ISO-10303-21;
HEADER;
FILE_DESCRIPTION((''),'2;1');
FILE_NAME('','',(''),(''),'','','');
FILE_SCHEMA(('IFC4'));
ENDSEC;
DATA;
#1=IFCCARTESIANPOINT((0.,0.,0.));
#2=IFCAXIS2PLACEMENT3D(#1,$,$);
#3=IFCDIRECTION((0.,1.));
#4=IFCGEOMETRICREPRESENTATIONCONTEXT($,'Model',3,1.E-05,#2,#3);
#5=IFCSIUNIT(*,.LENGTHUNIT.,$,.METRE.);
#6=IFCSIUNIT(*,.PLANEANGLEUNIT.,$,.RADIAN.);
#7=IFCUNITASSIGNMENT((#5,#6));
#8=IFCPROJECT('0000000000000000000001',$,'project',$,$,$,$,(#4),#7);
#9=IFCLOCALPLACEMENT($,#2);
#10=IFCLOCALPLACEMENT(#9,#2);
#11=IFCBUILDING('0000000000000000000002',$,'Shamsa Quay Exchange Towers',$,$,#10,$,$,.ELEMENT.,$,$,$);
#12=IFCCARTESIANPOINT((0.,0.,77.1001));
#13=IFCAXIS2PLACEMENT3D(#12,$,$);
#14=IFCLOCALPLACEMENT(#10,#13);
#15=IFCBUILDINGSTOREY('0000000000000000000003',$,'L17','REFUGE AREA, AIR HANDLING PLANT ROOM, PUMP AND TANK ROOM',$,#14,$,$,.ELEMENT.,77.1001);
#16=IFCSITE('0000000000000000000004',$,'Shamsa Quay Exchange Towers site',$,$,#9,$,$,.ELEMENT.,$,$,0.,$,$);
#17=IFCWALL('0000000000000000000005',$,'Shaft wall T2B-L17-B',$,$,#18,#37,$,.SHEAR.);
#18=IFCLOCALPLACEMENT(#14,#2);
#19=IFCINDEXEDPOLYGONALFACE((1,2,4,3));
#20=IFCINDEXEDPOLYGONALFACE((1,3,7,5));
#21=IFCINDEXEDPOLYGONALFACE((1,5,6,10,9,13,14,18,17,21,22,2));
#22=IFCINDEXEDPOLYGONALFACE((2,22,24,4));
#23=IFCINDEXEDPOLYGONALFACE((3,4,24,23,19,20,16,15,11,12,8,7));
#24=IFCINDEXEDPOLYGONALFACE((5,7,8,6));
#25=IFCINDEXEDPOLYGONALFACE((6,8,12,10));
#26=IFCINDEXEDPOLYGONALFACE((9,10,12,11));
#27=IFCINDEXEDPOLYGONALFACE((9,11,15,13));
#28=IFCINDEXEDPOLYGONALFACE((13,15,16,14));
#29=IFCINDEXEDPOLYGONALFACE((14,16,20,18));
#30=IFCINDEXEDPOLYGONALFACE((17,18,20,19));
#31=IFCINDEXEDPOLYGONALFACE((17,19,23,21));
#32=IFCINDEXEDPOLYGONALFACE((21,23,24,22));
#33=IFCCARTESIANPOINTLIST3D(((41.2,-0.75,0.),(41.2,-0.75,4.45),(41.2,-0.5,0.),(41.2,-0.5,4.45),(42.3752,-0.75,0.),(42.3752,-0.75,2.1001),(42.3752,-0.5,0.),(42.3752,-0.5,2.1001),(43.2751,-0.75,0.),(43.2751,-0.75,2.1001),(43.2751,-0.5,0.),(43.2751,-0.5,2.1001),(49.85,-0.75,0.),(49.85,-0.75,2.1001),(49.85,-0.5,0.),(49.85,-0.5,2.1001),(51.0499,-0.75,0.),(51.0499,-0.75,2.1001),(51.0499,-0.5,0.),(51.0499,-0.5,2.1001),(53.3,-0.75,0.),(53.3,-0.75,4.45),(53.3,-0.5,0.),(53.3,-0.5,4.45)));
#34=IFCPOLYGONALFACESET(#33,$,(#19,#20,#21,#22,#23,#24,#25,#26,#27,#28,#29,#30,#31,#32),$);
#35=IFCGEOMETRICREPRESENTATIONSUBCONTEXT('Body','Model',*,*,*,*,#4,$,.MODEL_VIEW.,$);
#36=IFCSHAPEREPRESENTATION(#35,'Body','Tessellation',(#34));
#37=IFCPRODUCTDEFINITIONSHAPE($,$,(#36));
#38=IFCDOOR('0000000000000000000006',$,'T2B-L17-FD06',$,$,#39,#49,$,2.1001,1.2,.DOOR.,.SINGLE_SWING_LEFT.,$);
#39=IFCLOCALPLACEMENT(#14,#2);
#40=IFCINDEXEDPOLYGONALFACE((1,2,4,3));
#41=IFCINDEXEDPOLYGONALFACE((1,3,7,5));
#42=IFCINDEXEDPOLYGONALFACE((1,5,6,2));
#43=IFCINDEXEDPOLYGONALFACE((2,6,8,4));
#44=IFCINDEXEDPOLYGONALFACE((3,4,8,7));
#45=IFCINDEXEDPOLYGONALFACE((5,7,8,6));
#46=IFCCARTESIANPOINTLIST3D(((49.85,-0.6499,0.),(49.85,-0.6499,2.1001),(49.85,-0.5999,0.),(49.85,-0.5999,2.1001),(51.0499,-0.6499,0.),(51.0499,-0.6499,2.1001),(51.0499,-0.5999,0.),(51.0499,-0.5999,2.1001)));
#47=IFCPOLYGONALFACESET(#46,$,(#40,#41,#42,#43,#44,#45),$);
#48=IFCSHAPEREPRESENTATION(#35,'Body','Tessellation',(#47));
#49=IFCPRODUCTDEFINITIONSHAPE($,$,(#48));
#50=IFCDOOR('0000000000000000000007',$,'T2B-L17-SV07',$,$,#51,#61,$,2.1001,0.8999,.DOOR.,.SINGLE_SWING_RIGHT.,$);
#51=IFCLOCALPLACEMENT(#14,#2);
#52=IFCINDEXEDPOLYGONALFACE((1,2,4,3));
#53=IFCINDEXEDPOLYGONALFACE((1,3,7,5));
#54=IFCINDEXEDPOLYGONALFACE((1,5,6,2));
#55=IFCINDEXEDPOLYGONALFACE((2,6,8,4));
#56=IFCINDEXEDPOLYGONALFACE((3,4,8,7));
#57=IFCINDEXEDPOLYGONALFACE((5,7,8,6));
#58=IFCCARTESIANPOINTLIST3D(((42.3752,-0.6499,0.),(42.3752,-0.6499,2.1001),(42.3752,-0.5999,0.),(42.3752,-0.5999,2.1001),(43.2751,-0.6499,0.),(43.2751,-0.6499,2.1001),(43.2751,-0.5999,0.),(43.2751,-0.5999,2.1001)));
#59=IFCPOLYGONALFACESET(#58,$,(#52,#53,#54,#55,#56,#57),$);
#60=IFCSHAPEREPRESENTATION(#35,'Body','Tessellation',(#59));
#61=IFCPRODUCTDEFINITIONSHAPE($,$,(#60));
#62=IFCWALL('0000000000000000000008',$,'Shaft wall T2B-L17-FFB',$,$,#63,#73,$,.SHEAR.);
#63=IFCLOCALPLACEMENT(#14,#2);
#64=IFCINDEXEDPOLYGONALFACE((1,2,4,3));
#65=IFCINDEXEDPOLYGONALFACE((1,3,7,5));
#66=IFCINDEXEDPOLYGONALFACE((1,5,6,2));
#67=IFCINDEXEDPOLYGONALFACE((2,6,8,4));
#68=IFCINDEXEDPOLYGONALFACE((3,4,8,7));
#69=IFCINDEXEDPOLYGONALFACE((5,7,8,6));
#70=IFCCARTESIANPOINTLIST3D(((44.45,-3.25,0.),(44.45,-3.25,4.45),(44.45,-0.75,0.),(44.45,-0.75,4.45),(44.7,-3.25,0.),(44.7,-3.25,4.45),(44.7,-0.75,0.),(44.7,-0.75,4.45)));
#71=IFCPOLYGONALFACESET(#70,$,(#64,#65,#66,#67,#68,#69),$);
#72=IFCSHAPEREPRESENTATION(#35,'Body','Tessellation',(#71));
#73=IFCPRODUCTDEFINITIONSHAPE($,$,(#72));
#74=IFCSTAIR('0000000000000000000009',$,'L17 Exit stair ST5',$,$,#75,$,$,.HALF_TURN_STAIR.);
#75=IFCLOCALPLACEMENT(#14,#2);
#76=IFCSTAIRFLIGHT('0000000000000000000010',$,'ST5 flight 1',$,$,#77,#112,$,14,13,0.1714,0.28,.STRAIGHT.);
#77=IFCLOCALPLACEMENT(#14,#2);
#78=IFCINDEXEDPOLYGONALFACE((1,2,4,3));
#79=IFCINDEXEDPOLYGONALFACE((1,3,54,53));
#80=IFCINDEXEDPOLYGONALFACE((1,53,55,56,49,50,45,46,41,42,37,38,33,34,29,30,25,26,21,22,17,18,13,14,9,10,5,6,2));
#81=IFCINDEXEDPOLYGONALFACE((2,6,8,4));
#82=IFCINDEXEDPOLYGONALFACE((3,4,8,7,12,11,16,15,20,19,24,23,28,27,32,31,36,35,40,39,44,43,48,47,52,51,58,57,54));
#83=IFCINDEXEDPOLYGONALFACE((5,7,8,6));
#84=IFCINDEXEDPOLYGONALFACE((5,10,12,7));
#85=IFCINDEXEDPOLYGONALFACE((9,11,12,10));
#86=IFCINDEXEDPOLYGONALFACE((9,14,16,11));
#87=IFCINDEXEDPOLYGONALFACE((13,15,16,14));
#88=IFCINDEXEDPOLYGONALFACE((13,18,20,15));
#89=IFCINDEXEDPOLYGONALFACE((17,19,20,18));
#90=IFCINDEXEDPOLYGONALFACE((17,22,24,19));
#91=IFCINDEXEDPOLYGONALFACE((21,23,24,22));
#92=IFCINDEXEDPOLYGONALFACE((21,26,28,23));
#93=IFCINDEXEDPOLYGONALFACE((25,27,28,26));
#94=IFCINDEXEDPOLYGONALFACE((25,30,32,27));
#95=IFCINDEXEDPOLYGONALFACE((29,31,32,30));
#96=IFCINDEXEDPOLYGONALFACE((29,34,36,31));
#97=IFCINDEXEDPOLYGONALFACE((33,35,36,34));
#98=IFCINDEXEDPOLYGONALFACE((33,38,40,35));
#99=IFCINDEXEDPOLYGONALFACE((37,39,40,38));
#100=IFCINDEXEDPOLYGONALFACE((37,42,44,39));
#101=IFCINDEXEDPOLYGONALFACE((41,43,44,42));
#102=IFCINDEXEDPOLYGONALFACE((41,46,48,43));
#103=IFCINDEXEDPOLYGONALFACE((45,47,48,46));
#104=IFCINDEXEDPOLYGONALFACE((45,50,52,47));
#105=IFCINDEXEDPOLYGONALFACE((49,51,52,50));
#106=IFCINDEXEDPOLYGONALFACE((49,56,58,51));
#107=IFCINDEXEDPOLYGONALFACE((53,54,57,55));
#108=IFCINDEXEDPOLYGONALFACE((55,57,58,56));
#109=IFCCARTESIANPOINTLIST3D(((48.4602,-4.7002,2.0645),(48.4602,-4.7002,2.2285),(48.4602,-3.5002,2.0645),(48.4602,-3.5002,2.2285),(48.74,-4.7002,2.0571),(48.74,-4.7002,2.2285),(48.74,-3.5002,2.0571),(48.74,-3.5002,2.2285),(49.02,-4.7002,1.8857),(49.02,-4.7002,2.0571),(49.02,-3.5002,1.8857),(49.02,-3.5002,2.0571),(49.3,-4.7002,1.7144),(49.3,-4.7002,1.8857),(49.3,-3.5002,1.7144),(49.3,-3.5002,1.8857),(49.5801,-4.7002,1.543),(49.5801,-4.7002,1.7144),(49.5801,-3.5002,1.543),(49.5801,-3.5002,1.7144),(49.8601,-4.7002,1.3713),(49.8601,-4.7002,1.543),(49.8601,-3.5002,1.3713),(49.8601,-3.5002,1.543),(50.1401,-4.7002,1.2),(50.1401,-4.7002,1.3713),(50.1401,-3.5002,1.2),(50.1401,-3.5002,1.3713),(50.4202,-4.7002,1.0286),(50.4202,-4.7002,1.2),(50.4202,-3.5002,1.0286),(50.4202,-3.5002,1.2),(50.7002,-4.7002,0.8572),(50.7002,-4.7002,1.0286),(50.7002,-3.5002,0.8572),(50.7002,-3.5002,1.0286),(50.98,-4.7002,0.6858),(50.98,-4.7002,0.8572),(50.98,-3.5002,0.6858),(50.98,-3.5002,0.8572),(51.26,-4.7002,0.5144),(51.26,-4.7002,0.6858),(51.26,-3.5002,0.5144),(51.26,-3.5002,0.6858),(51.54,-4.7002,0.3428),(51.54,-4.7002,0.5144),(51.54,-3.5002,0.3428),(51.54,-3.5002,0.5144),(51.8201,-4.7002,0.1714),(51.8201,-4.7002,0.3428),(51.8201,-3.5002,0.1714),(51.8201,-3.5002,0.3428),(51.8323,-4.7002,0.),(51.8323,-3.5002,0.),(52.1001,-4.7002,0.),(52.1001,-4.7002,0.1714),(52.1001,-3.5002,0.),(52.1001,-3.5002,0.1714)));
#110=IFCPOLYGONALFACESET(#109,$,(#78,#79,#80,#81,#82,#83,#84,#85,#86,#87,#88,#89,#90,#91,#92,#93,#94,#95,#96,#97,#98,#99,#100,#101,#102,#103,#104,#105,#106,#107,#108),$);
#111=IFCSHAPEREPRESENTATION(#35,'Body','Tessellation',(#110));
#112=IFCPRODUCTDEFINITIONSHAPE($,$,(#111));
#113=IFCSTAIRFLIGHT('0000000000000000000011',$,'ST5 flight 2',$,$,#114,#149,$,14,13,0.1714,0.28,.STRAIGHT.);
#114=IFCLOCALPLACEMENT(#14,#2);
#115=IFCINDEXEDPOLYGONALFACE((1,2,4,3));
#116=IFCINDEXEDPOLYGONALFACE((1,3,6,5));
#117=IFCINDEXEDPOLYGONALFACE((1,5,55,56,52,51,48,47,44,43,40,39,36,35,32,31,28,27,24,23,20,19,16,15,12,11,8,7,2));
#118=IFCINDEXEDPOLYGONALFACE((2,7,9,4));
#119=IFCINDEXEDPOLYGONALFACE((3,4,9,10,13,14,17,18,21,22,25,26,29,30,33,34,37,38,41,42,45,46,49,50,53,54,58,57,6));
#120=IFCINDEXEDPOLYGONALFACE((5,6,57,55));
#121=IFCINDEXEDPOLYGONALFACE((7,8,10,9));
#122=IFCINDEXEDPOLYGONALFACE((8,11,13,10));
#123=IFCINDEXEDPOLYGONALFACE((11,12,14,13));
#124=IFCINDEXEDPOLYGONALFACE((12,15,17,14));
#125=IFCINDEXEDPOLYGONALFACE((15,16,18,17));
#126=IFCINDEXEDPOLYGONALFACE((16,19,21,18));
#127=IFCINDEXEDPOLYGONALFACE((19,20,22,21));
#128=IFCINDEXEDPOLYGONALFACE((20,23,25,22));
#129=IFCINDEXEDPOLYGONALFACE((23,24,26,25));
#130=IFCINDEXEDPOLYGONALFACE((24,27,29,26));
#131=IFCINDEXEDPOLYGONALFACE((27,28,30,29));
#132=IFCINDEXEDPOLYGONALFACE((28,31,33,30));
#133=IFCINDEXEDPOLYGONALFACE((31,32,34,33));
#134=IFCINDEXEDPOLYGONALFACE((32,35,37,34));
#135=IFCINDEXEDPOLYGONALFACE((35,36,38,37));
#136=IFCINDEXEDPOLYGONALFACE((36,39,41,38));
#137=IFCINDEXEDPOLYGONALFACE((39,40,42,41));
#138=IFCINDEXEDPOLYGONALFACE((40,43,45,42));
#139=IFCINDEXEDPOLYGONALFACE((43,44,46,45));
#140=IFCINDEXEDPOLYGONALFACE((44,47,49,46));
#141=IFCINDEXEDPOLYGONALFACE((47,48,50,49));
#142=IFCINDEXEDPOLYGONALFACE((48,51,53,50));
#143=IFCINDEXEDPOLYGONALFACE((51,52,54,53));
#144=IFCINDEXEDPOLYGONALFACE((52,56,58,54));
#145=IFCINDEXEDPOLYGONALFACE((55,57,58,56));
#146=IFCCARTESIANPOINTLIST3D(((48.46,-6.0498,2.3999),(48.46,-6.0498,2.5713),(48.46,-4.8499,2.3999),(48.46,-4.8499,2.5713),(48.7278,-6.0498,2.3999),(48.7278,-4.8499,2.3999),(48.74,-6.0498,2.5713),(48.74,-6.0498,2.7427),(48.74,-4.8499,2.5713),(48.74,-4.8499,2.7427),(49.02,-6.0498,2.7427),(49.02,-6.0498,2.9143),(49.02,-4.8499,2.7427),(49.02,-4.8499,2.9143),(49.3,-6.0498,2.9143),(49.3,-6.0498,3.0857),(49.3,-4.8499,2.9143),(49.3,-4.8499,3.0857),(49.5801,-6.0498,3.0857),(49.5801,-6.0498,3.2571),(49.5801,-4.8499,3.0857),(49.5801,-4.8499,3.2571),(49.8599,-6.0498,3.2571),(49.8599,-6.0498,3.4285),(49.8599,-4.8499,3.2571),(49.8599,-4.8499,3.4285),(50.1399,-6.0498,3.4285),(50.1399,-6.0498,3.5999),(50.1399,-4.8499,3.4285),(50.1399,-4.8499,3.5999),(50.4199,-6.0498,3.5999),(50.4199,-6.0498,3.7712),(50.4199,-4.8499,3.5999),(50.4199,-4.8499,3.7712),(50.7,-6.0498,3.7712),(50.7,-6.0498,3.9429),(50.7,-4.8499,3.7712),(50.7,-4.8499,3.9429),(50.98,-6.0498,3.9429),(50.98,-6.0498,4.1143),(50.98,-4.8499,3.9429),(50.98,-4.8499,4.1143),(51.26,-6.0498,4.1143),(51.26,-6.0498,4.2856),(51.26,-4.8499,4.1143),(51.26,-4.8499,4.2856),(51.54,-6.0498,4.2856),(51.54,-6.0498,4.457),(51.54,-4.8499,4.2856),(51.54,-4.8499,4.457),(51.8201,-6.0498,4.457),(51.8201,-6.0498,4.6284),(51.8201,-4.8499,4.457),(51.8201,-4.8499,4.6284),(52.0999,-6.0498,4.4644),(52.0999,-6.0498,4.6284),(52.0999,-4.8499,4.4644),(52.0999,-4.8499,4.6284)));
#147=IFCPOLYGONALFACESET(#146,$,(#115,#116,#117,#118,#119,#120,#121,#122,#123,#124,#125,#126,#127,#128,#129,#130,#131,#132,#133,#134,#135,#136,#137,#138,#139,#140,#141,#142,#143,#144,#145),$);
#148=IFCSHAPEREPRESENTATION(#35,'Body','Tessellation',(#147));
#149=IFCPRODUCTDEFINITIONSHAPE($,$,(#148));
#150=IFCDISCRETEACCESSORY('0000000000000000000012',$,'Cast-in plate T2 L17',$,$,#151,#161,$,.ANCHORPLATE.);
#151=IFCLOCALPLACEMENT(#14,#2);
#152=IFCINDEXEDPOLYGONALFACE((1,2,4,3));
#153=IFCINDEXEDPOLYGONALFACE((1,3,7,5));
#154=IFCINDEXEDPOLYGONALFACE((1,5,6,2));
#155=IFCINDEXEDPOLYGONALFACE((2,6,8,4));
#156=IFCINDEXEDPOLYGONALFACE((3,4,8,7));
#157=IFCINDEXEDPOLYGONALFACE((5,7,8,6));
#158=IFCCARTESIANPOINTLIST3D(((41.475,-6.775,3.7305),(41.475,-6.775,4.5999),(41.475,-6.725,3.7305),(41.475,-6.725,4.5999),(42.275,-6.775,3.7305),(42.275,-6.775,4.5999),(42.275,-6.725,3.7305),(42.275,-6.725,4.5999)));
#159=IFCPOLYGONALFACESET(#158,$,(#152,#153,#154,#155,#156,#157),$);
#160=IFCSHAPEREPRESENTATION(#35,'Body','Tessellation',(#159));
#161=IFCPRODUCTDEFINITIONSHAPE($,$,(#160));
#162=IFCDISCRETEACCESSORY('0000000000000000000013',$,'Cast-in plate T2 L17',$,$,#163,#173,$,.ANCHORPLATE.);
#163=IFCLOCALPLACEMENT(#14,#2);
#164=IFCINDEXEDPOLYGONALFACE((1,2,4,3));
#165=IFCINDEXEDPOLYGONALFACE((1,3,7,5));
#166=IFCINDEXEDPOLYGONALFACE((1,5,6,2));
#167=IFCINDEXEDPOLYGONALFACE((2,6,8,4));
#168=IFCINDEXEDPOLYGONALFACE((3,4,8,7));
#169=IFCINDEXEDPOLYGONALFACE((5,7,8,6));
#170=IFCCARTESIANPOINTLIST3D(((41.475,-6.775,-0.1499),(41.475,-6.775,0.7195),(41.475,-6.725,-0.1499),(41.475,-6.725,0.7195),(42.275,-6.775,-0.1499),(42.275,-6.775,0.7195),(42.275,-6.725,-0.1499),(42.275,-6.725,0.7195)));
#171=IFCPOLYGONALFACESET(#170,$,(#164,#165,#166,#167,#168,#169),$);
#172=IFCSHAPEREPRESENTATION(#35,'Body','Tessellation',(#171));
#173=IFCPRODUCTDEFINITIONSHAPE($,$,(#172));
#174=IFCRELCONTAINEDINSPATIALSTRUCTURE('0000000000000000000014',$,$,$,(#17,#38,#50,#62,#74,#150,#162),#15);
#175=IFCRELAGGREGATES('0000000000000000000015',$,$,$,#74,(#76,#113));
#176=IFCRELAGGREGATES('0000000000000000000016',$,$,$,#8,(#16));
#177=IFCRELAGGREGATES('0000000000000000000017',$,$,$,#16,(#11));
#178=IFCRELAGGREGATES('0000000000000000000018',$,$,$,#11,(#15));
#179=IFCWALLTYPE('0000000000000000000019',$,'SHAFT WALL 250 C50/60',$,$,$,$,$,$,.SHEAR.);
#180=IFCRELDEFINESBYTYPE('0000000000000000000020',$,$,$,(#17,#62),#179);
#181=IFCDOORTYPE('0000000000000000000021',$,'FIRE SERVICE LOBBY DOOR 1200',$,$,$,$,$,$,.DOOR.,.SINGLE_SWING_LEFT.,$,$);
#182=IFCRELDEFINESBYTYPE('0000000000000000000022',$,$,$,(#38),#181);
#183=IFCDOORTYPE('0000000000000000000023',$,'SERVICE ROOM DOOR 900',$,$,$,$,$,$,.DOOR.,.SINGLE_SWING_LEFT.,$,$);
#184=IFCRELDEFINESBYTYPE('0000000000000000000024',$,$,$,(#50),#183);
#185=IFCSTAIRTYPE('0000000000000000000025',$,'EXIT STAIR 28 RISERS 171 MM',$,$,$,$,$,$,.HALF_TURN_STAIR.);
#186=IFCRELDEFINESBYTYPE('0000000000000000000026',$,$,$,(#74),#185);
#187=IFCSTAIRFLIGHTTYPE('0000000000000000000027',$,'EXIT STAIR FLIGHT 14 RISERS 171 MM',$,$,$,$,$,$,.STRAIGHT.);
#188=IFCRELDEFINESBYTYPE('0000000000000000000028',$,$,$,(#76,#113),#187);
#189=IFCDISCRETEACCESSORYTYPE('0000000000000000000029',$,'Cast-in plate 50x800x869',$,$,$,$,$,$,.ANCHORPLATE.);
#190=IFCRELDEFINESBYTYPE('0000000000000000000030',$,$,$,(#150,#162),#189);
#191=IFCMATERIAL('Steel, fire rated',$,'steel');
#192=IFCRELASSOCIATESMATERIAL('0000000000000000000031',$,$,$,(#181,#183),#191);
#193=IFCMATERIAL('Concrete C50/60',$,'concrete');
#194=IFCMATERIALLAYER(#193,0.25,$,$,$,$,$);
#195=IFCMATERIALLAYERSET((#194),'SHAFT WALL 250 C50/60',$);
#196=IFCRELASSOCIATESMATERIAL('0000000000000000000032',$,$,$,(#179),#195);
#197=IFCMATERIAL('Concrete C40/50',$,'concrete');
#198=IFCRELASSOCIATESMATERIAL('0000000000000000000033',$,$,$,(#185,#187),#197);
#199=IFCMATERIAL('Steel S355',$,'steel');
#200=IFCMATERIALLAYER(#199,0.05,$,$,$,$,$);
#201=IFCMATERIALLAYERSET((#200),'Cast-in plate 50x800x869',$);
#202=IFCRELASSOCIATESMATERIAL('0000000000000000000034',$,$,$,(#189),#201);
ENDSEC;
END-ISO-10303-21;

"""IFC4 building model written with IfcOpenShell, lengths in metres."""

from ifc_helpers import new_model, si_unit, direction, frame, frame_2d, origin, origin_2d, place, context, subcontext, project, spatial, polyline, rectangle, outline, extrude, material, layer, layer_set, type_object, element, fill, aggregate, save


model = new_model("IFC4")

# Units and contexts
model_context = context("Model", 3, precision=1e-05, world=origin(), true_north=direction((0.0, 1.0)))
body_context = subcontext(model_context, "Body", "Model", "MODEL_VIEW")
ifc_project = project(units=[si_unit("LENGTHUNIT", "METRE"), si_unit("PLANEANGLEUNIT", "RADIAN")], contexts=[model_context])

# Site, building, storey
site_placement = place(None, origin())
site = spatial("IfcSite", under=ifc_project, at=site_placement, Name="Shamsa Quay Exchange Towers site", CompositionType="ELEMENT", RefElevation=0.0)
building_placement = place(site_placement, origin())
building = spatial("IfcBuilding", under=site, at=building_placement, Name="Shamsa Quay Exchange Towers", CompositionType="ELEMENT")
storey_placement = place(building_placement, frame((0.0, 0.0, 77.1001)))
storey = spatial("IfcBuildingStorey", under=building, at=storey_placement, Name="L17", Description="REFUGE AREA, AIR HANDLING PLANT ROOM, PUMP AND TANK ROOM", CompositionType="ELEMENT", Elevation=77.1001)

# Shared definitions
ifc_material_1 = material(Name="Steel S355", Category="steel")

# Shared definitions
ifc_material_2 = material(Name="Steel, fire rated", Category="steel")
door_type_1 = type_object("IfcDoorType", Name="FIRE SERVICE LOBBY DOOR 1200", OperationType="SINGLE_SWING_LEFT", PredefinedType="DOOR", material=ifc_material_2)

# Shared definitions
ifc_material_3 = material(Name="Concrete C50/60", Category="concrete")
ifc_layer_1 = layer(ifc_material_3, 0.25)
ifc_layer_set_1 = layer_set([ifc_layer_1], Name="SHAFT WALL 250 C50/60")
wall_type_1 = type_object("IfcWallType", Name="SHAFT WALL 250 C50/60", PredefinedType="SHEAR", material=ifc_layer_set_1)

# Wall, openings, doors
wall_1_placement = place(storey_placement, frame((53.3, -0.625, 0.0), z_axis=(0.0, 0.0, 1.0), x_axis=(-1.0, 0.0, 0.0)))
wall_1 = element("IfcWall", 1, at=wall_1_placement, inside=storey, type_object=wall_type_1, Name="Shaft wall T2B-L17-B", PredefinedType="SHEAR", context=body_context, shape_type="SweptSolid", body=[
    extrude(rectangle(XDim=12.1001, YDim=0.25, at=frame_2d((6.05, 0.0))), origin(), (0.0, 0.0, 1.0), 4.45),
])
opening_1_placement = place(wall_1_placement, frame((2.25, 0.0, 0.0)))
opening_1 = element("IfcOpeningElement", 2, at=opening_1_placement, cuts=wall_1, PredefinedType="OPENING", context=body_context, shape_type="SweptSolid", body=[
    extrude(rectangle(XDim=1.2, YDim=2.1001, at=frame_2d((0.6001, 1.05))), frame((0.0, 0.135, 0.0), z_axis=(0.0, -1.0, 0.0), x_axis=(1.0, 0.0, 0.0)), (0.0, 0.0, 1.0), 0.27),
])
opening_2_placement = place(wall_1_placement, frame((10.0249, 0.0, 0.0)))
opening_2 = element("IfcOpeningElement", 3, at=opening_2_placement, cuts=wall_1, PredefinedType="OPENING", context=body_context, shape_type="SweptSolid", body=[
    extrude(rectangle(XDim=0.8999, YDim=2.1001, at=frame_2d((0.45, 1.05))), frame((0.0, 0.135, 0.0), z_axis=(0.0, -1.0, 0.0), x_axis=(1.0, 0.0, 0.0)), (0.0, 0.0, 1.0), 0.27),
])
door_1_placement = place(opening_1_placement, origin())
door_1 = element("IfcDoor", 4, at=door_1_placement, inside=storey, type_object=door_type_1, Name="T2B-L17-FD06", OperationType="SINGLE_SWING_LEFT", OverallHeight=2.1001, OverallWidth=1.2, PredefinedType="DOOR", context=body_context, shape_type="SweptSolid", body=[
    extrude(rectangle(XDim=1.2, YDim=2.1001, at=frame_2d((0.6001, 1.05))), frame((0.0, 0.0249, 0.0), z_axis=(0.0, -1.0, 0.0), x_axis=(1.0, 0.0, 0.0)), (0.0, 0.0, 1.0), 0.05),
])
fill(opening_1, door_1)
door_type_2 = type_object("IfcDoorType", Name="SERVICE ROOM DOOR 900", OperationType="SINGLE_SWING_LEFT", PredefinedType="DOOR", material=ifc_material_2)
door_2_placement = place(opening_2_placement, origin())
door_2 = element("IfcDoor", 5, at=door_2_placement, inside=storey, type_object=door_type_2, Name="T2B-L17-SV07", OperationType="SINGLE_SWING_RIGHT", OverallHeight=2.1001, OverallWidth=0.8999, PredefinedType="DOOR", context=body_context, shape_type="SweptSolid", body=[
    extrude(rectangle(XDim=0.8999, YDim=2.1001, at=frame_2d((0.45, 1.05))), frame((0.0, 0.0249, 0.0), z_axis=(0.0, -1.0, 0.0), x_axis=(1.0, 0.0, 0.0)), (0.0, 0.0, 1.0), 0.05),
])
fill(opening_2, door_2)

# Wall
wall_2_placement = place(storey_placement, frame((44.575, -3.25, 0.0), z_axis=(0.0, 0.0, 1.0), x_axis=(0.0, 1.0, 0.0)))
element("IfcWall", 6, at=wall_2_placement, inside=storey, type_object=wall_type_1, Name="Shaft wall T2B-L17-FFB", PredefinedType="SHEAR", context=body_context, shape_type="SweptSolid", body=[
    extrude(rectangle(XDim=2.5, YDim=0.25, at=frame_2d((1.25, 0.0))), origin(), (0.0, 0.0, 1.0), 4.45),
])

# Stair, stair flights
ifc_material_4 = material(Name="Concrete C40/50", Category="concrete")
stair_type = type_object("IfcStairType", Name="EXIT STAIR 28 RISERS 171 MM", PredefinedType="HALF_TURN_STAIR", material=ifc_material_4)
stair_placement = place(storey_placement, origin())
stair = element("IfcStair", 7, at=stair_placement, inside=storey, type_object=stair_type, Name="L17 Exit stair ST5", PredefinedType="HALF_TURN_STAIR")
stair_flight_type = type_object("IfcStairFlightType", Name="EXIT STAIR FLIGHT 14 RISERS 171 MM", PredefinedType="STRAIGHT", material=ifc_material_4)
stair_flight_1_placement = place(storey_placement, frame((52.1001, -4.1001, 0.0), z_axis=(0.0, 0.0, 1.0), x_axis=(-1.0, 0.0, 0.0)))
stair_flight_1 = element("IfcStairFlight", 8, at=stair_flight_1_placement, type_object=stair_flight_type, Name="ST5 flight 1", NumberOfRisers=14, NumberOfTreads=13, PredefinedType="STRAIGHT", RiserHeight=0.1714, TreadLength=0.28, context=body_context, shape_type="SweptSolid", body=[
    extrude(outline(polyline([(0.0, 0.0), (0.0, 0.1714), (0.28, 0.1714), (0.28, 0.3428), (0.5601, 0.3428), (0.5601, 0.5144), (0.8401, 0.5144), (0.8401, 0.6858), (1.1201, 0.6858), (1.1201, 0.8572), (1.3999, 0.8572), (1.3999, 1.0286), (1.6799, 1.0286), (1.6799, 1.2), (1.96, 1.2), (1.96, 1.3713), (2.24, 1.3713), (2.24, 1.543), (2.52, 1.543), (2.52, 1.7144), (2.8, 1.7144), (2.8, 1.8857), (3.0801, 1.8857), (3.0801, 2.0571), (3.3601, 2.0571), (3.3601, 2.2285), (3.6399, 2.2285), (3.6399, 2.3999), (3.6399, 2.0645), (0.2678, 0.0), (0.0, 0.0)])), frame((0.0, 0.6001, 0.0), z_axis=(0.0, -1.0, 0.0), x_axis=(1.0, 0.0, 0.0)), (0.0, 0.0, 1.0), 1.2),
])
stair_flight_2_placement = place(storey_placement, frame((48.46, -5.45, 2.3999)))
stair_flight_2 = element("IfcStairFlight", 9, at=stair_flight_2_placement, type_object=stair_flight_type, Name="ST5 flight 2", NumberOfRisers=14, NumberOfTreads=13, PredefinedType="STRAIGHT", RiserHeight=0.1714, TreadLength=0.28, context=body_context, shape_type="SweptSolid", body=[
    extrude(outline(polyline([(0.0, 0.0), (0.0, 0.1714), (0.28, 0.1714), (0.28, 0.3428), (0.5601, 0.3428), (0.5601, 0.5144), (0.8401, 0.5144), (0.8401, 0.6858), (1.1201, 0.6858), (1.1201, 0.8572), (1.3999, 0.8572), (1.3999, 1.0286), (1.6799, 1.0286), (1.6799, 1.2), (1.96, 1.2), (1.96, 1.3713), (2.24, 1.3713), (2.24, 1.543), (2.52, 1.543), (2.52, 1.7144), (2.8, 1.7144), (2.8, 1.8857), (3.0801, 1.8857), (3.0801, 2.0571), (3.3601, 2.0571), (3.3601, 2.2285), (3.6399, 2.2285), (3.6399, 2.3999), (3.6399, 2.0645), (0.2678, 0.0), (0.0, 0.0)])), frame((0.0, 0.6001, 0.0), z_axis=(0.0, -1.0, 0.0), x_axis=(1.0, 0.0, 0.0)), (0.0, 0.0, 1.0), 1.2),
])
aggregate(stair, [stair_flight_1, stair_flight_2])

# Discrete accessories
ifc_layer_2 = layer(ifc_material_1, 0.05)
ifc_layer_set_2 = layer_set([ifc_layer_2], Name="Cast-in plate 50x800x869")
discrete_accessory_type_1 = type_object("IfcDiscreteAccessoryType", Name="Cast-in plate 50x800x869", PredefinedType="ANCHORPLATE", material=ifc_layer_set_2)
for number, where, z_axis, x_axis, name in (
    (10, (41.875, -6.75, 3.7305), (0.0, 0.0, 1.0), (0.0, 1.0, 0.0), "Cast-in plate T2 L17"),
    (11, (41.875, -6.75, -0.1499), (0.0, 0.0, 1.0), (0.0, 1.0, 0.0), "Cast-in plate T2 L17"),
):
    element("IfcDiscreteAccessory", number, at=place(storey_placement, frame(where, z_axis=z_axis, x_axis=x_axis)), inside=storey, type_object=discrete_accessory_type_1, Name=name, PredefinedType="ANCHORPLATE", context=body_context, shape_type="SweptSolid", body=[
        extrude(rectangle(XDim=0.05, YDim=0.8, at=origin_2d()), origin(), (0.0, 0.0, 1.0), 0.8694),
    ])

save(model, "model.ifc")
